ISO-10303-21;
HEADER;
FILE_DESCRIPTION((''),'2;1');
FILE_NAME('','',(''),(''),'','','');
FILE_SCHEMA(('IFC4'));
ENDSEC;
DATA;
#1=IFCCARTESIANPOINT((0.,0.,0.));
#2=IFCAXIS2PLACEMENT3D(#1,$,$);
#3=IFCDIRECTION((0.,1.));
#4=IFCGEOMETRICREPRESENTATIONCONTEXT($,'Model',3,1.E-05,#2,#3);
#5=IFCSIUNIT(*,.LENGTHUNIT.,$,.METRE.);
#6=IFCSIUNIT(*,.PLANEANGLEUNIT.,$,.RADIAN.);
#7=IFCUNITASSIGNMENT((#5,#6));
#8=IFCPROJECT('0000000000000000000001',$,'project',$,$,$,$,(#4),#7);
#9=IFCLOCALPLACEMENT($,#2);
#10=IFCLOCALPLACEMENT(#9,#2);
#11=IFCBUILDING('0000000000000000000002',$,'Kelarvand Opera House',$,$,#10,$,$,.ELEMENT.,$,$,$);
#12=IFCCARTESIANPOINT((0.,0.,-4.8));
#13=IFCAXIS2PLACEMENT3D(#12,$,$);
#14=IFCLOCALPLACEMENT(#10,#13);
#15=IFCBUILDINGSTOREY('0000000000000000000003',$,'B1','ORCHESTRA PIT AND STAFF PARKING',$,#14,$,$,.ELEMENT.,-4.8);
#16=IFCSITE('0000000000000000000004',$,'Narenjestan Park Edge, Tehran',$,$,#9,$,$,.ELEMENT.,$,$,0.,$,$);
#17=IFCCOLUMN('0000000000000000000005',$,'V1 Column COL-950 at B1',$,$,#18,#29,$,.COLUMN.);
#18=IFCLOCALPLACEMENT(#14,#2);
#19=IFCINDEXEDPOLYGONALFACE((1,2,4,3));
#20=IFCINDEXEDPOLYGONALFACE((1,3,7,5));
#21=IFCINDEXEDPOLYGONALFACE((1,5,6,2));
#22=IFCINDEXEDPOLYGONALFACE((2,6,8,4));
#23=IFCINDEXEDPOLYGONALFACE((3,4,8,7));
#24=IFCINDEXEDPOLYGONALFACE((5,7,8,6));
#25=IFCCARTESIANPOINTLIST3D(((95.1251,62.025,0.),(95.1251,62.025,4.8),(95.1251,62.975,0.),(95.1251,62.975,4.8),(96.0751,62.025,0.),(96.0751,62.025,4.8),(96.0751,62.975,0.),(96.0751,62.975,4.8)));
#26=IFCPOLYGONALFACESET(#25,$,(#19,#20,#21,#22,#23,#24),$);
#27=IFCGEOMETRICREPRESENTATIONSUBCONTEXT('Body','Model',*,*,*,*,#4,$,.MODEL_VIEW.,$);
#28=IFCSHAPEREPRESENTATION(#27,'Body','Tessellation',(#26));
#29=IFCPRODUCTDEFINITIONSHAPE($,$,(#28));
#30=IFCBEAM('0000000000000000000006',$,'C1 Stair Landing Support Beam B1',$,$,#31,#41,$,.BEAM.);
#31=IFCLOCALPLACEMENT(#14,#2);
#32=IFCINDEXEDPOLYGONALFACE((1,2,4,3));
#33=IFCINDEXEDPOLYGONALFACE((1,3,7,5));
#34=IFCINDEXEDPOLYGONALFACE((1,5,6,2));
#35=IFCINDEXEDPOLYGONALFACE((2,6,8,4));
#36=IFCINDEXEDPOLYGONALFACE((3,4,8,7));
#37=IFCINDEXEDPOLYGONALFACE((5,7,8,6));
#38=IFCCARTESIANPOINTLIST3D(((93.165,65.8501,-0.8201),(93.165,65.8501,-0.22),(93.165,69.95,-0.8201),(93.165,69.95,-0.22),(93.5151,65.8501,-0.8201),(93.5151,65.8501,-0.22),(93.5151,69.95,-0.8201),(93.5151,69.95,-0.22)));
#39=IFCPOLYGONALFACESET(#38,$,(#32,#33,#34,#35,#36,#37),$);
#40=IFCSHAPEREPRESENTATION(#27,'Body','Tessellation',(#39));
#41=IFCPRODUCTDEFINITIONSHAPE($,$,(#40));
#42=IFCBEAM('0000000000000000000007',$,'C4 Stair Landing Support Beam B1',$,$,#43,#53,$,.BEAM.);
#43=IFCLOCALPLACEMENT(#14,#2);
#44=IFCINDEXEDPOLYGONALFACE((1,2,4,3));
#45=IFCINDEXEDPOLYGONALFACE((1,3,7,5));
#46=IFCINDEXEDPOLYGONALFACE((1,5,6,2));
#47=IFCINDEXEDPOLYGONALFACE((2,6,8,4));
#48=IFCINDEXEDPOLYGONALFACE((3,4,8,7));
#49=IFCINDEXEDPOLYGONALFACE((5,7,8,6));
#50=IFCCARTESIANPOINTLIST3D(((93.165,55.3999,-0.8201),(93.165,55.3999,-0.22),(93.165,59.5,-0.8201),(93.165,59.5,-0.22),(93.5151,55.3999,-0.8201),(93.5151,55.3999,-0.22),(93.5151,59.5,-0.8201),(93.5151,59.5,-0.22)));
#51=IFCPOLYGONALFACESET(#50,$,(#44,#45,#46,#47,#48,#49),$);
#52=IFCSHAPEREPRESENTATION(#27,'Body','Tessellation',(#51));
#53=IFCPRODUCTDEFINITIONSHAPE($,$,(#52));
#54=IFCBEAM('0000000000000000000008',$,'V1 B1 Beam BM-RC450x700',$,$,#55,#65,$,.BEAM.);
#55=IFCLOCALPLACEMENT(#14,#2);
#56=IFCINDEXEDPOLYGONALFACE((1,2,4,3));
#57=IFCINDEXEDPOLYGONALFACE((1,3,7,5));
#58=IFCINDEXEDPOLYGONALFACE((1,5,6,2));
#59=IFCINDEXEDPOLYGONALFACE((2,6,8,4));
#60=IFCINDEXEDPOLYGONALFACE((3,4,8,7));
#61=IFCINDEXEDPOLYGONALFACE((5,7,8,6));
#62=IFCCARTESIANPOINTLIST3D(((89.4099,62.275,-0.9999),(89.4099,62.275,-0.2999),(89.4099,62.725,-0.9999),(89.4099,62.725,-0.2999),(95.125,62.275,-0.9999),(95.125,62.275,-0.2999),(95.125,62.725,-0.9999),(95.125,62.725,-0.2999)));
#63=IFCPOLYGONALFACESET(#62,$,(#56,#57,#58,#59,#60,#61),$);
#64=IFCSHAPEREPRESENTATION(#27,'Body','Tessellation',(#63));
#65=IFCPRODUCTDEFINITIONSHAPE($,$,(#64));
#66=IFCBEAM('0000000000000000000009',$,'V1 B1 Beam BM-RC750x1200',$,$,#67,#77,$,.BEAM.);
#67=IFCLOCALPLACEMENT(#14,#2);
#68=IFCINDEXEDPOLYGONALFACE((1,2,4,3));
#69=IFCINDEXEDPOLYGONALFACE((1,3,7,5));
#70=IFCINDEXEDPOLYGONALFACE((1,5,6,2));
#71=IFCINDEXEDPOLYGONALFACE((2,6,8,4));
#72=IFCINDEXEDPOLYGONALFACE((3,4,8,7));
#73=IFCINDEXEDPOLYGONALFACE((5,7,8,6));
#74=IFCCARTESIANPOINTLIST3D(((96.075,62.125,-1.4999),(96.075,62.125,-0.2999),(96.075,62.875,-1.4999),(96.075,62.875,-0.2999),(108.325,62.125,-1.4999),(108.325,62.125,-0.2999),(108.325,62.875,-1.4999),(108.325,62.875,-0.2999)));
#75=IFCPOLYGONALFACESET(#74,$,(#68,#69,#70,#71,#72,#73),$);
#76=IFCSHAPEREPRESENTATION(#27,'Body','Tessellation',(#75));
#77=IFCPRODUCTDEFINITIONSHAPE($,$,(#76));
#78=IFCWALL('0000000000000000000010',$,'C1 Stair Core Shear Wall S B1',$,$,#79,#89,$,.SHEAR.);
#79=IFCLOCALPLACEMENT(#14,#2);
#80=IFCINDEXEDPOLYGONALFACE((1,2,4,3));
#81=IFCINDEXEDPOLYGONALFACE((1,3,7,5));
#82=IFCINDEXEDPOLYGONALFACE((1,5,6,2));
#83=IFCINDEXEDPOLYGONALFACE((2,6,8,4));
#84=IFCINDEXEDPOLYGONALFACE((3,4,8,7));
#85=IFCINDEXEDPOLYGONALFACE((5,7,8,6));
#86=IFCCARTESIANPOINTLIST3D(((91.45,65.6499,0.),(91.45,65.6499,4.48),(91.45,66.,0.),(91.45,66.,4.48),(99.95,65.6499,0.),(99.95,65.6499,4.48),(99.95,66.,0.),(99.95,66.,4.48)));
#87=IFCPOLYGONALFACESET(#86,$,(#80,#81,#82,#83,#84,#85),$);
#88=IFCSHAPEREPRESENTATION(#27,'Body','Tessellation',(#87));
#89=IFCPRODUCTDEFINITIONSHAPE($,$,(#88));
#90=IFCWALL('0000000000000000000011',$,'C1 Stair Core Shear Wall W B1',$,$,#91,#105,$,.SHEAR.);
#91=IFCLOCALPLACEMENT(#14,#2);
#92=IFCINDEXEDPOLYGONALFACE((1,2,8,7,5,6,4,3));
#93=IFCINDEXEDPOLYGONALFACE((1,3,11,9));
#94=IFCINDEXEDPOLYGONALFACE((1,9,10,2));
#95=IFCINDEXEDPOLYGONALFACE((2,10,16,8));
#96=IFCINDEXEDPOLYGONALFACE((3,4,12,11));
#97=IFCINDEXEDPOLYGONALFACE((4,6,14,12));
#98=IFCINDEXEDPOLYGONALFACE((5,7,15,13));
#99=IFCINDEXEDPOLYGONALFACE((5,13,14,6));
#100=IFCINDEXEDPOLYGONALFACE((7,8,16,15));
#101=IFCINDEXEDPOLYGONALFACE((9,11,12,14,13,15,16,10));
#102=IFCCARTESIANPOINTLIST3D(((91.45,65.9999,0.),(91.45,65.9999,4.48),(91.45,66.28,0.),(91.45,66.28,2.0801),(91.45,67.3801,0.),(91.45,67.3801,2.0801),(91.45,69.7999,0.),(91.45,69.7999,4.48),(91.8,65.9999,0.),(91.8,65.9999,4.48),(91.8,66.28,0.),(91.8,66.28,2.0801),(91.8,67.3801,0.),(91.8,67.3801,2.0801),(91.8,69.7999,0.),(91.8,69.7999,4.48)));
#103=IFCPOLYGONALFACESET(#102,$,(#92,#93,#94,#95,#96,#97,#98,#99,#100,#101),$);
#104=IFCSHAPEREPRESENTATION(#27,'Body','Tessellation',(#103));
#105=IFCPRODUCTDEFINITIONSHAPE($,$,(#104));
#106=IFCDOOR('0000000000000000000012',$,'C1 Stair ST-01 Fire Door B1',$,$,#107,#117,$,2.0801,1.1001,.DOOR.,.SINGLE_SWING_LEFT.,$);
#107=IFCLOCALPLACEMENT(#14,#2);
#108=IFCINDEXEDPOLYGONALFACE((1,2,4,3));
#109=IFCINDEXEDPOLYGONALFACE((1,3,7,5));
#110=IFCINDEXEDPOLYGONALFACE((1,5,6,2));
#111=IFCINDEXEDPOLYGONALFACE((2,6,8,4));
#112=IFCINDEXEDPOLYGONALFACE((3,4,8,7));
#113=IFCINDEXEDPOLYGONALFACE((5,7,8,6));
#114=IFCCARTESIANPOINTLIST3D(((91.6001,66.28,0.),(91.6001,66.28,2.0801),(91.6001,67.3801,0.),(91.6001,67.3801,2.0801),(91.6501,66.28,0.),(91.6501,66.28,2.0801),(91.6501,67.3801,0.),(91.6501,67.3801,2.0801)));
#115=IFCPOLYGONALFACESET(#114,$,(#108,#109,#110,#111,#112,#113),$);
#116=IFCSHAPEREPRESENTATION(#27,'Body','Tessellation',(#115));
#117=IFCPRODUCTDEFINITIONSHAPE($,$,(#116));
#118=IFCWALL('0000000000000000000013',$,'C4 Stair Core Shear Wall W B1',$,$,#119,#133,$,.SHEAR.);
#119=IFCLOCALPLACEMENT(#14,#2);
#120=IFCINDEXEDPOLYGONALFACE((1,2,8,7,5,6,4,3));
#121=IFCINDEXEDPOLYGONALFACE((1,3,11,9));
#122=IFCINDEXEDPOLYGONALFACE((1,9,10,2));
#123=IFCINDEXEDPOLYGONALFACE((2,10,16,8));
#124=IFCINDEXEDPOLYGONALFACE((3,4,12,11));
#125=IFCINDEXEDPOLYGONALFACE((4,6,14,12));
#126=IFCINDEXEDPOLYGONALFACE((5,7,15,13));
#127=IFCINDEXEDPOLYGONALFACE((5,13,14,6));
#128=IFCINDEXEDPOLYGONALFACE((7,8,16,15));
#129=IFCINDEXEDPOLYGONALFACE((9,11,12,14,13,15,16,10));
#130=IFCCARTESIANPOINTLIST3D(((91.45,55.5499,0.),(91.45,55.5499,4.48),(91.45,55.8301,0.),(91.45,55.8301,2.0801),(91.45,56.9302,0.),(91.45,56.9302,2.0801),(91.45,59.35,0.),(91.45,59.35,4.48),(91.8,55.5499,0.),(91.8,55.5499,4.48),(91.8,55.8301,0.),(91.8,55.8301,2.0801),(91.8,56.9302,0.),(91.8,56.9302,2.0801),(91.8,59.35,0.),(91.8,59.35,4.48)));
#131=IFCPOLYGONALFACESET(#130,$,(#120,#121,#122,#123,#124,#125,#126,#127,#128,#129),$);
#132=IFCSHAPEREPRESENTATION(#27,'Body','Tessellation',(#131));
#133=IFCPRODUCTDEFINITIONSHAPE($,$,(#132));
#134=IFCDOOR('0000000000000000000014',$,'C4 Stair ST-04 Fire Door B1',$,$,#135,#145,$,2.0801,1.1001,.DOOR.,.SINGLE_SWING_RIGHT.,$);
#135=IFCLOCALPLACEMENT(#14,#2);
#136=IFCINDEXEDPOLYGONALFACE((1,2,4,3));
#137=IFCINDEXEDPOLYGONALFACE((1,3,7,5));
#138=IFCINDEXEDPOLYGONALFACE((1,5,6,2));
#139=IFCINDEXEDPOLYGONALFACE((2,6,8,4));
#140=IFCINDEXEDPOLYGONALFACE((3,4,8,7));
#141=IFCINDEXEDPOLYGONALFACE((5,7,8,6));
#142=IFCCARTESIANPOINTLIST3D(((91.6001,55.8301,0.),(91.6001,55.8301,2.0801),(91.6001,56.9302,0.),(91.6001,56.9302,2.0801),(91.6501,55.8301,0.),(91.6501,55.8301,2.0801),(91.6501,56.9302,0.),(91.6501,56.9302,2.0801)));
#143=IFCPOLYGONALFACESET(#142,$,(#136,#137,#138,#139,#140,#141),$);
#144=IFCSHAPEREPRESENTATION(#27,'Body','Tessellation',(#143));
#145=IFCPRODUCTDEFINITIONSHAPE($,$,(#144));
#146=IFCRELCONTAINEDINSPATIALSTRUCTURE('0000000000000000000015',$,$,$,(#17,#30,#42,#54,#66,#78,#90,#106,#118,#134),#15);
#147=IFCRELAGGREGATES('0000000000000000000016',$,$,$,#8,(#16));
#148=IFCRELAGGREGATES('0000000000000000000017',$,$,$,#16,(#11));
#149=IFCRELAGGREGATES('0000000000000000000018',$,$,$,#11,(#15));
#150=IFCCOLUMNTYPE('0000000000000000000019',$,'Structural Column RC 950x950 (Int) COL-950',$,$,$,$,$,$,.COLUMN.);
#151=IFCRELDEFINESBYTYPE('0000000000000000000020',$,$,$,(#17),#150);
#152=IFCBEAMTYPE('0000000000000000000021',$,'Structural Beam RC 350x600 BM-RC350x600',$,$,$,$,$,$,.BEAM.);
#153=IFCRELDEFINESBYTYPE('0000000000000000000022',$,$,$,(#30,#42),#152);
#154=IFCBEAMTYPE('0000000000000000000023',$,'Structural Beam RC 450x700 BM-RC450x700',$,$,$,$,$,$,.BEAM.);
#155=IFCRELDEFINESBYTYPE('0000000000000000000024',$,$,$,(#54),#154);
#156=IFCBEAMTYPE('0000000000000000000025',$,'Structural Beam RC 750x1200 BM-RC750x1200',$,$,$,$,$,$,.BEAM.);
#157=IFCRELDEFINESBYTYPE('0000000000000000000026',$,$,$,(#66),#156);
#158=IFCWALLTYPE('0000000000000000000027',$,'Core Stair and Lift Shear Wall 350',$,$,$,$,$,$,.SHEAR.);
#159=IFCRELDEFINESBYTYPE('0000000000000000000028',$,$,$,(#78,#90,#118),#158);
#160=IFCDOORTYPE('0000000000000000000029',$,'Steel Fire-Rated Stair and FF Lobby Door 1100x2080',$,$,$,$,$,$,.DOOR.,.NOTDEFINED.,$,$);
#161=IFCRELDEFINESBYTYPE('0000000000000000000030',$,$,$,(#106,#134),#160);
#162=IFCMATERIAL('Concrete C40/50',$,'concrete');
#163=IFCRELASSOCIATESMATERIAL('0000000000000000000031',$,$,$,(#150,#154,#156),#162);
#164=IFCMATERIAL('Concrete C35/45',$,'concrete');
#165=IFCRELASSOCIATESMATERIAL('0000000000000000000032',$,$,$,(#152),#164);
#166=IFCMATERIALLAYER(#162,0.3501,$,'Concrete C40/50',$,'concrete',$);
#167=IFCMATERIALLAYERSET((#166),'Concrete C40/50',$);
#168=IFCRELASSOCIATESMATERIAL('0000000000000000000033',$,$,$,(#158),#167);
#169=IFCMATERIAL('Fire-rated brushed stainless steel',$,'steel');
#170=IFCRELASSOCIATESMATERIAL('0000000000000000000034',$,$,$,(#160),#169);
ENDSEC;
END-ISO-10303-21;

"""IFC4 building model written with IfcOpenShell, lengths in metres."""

from ifc_helpers import new_model, si_unit, direction, frame, frame_2d, origin, origin_2d, place, context, subcontext, project, spatial, rectangle, extrude, material, layer, layer_set, material_profile, profile_set, type_object, element, fill, save


model = new_model("IFC4")

# Units and contexts
model_context = context("Model", 3, precision=1e-05, world=origin(), true_north=direction((0.0, 1.0)))
body_context = subcontext(model_context, "Body", "Model", "MODEL_VIEW")
ifc_project = project(units=[si_unit("LENGTHUNIT", "METRE"), si_unit("PLANEANGLEUNIT", "RADIAN")], contexts=[model_context])

# Site, building, storey
site_placement = place(None, origin())
site = spatial("IfcSite", under=ifc_project, at=site_placement, Name="Narenjestan Park Edge, Tehran", CompositionType="ELEMENT", RefElevation=0.0)
building_placement = place(site_placement, origin())
building = spatial("IfcBuilding", under=site, at=building_placement, Name="Kelarvand Opera House", CompositionType="ELEMENT")
storey_placement = place(building_placement, frame((0.0, 0.0, -4.8)))
storey = spatial("IfcBuildingStorey", under=building, at=storey_placement, Name="B1", Description="ORCHESTRA PIT AND STAFF PARKING", CompositionType="ELEMENT", Elevation=-4.8)

# Column
ifc_material_1 = material(Name="Concrete C40/50", Category="concrete")
ifc_material_profile_1 = material_profile(ifc_material_1, rectangle(XDim=0.95, YDim=0.95, at=origin_2d()), Name="RC 950x950", Category="concrete")
ifc_profile_set_1 = profile_set([ifc_material_profile_1], Name="Concrete C40/50")
column_type = type_object("IfcColumnType", Name="Structural Column RC 950x950 (Int) COL-950", PredefinedType="COLUMN", material=ifc_profile_set_1)
column_placement = place(storey_placement, frame((95.6001, 62.5, 0.0), z_axis=(0.0, 0.0, 1.0), x_axis=(1.0, 0.0, 0.0)))
element("IfcColumn", 1, at=column_placement, inside=storey, type_object=column_type, Name="V1 Column COL-950 at B1", PredefinedType="COLUMN", context=body_context, shape_type="SweptSolid", body=[
    extrude(rectangle(XDim=0.95, YDim=0.95, at=origin_2d()), origin(), (0.0, 0.0, 1.0), 4.8),
])

# Beams
ifc_material_2 = material(Name="Concrete C35/45", Category="concrete")
ifc_material_profile_2 = material_profile(ifc_material_2, rectangle(XDim=0.3501, YDim=0.6001, at=origin_2d()), Name="RC 350x600", Category="concrete")
ifc_profile_set_2 = profile_set([ifc_material_profile_2], Name="Concrete C35/45")
beam_type_1 = type_object("IfcBeamType", Name="Structural Beam RC 350x600 BM-RC350x600", PredefinedType="BEAM", material=ifc_profile_set_2)
beam_1_placement = place(storey_placement, frame((93.3401, 65.8501, -0.52), z_axis=(0.0, 1.0, 0.0), x_axis=(-1.0, 0.0, 0.0)))
element("IfcBeam", 2, at=beam_1_placement, inside=storey, type_object=beam_type_1, Name="C1 Stair Landing Support Beam B1", PredefinedType="BEAM", context=body_context, shape_type="SweptSolid", body=[
    extrude(rectangle(XDim=0.3501, YDim=0.6001, at=origin_2d()), origin(), (0.0, 0.0, 1.0), 4.0999),
])
beam_2_placement = place(storey_placement, frame((93.3401, 55.3999, -0.52), z_axis=(0.0, 1.0, 0.0), x_axis=(-1.0, 0.0, 0.0)))
element("IfcBeam", 3, at=beam_2_placement, inside=storey, type_object=beam_type_1, Name="C4 Stair Landing Support Beam B1", PredefinedType="BEAM", context=body_context, shape_type="SweptSolid", body=[
    extrude(rectangle(XDim=0.3501, YDim=0.6001, at=origin_2d()), origin(), (0.0, 0.0, 1.0), 4.1001),
])
ifc_material_profile_3 = material_profile(ifc_material_1, rectangle(XDim=0.45, YDim=0.7, at=origin_2d()), Name="RC 450x700", Category="concrete")
ifc_profile_set_3 = profile_set([ifc_material_profile_3], Name="Concrete C40/50")
beam_type_2 = type_object("IfcBeamType", Name="Structural Beam RC 450x700 BM-RC450x700", PredefinedType="BEAM", material=ifc_profile_set_3)
beam_3_placement = place(storey_placement, frame((89.4099, 62.5, -0.6499), z_axis=(1.0, 0.0, 0.0), x_axis=(0.0, 1.0, 0.0)))
element("IfcBeam", 4, at=beam_3_placement, inside=storey, type_object=beam_type_2, Name="V1 B1 Beam BM-RC450x700", PredefinedType="BEAM", context=body_context, shape_type="SweptSolid", body=[
    extrude(rectangle(XDim=0.45, YDim=0.7, at=origin_2d()), origin(), (0.0, 0.0, 1.0), 5.7151),
])
ifc_material_profile_4 = material_profile(ifc_material_1, rectangle(XDim=0.75, YDim=1.2, at=origin_2d()), Name="RC 750x1200", Category="concrete")
ifc_profile_set_4 = profile_set([ifc_material_profile_4], Name="Concrete C40/50")
beam_type_3 = type_object("IfcBeamType", Name="Structural Beam RC 750x1200 BM-RC750x1200", PredefinedType="BEAM", material=ifc_profile_set_4)
beam_4_placement = place(storey_placement, frame((96.075, 62.5, -0.8999), z_axis=(1.0, 0.0, 0.0), x_axis=(0.0, 1.0, 0.0)))
element("IfcBeam", 5, at=beam_4_placement, inside=storey, type_object=beam_type_3, Name="V1 B1 Beam BM-RC750x1200", PredefinedType="BEAM", context=body_context, shape_type="SweptSolid", body=[
    extrude(rectangle(XDim=0.75, YDim=1.2, at=origin_2d()), origin(), (0.0, 0.0, 1.0), 12.25),
])

# Wall
ifc_layer = layer(ifc_material_1, 0.3501, Name="Concrete C40/50", Category="concrete")
ifc_layer_set = layer_set([ifc_layer], Name="Concrete C40/50")
wall_type = type_object("IfcWallType", Name="Core Stair and Lift Shear Wall 350", PredefinedType="SHEAR", material=ifc_layer_set)
wall_1_placement = place(storey_placement, frame((91.45, 65.825, 0.0), z_axis=(0.0, 0.0, 1.0), x_axis=(1.0, 0.0, 0.0)))
element("IfcWall", 6, at=wall_1_placement, inside=storey, type_object=wall_type, Name="C1 Stair Core Shear Wall S B1", PredefinedType="SHEAR", context=body_context, shape_type="SweptSolid", body=[
    extrude(rectangle(XDim=8.5, YDim=0.3501, at=frame_2d((4.25, 0.0))), origin(), (0.0, 0.0, 1.0), 4.48),
])

# Walls, openings, doors
wall_2_placement = place(storey_placement, frame((91.625, 66.0, 0.0), z_axis=(0.0, 0.0, 1.0), x_axis=(0.0, 1.0, 0.0)))
wall_2 = element("IfcWall", 7, at=wall_2_placement, inside=storey, type_object=wall_type, Name="C1 Stair Core Shear Wall W B1", PredefinedType="SHEAR", context=body_context, shape_type="SweptSolid", body=[
    extrude(rectangle(XDim=3.8, YDim=0.3501, at=frame_2d((1.8999, 0.0))), origin(), (0.0, 0.0, 1.0), 4.48),
])
opening_1_placement = place(wall_2_placement, frame((0.28, 0.0, 0.0)))
opening_1 = element("IfcOpeningElement", 8, at=opening_1_placement, cuts=wall_2, PredefinedType="OPENING", context=body_context, shape_type="SweptSolid", body=[
    extrude(rectangle(XDim=1.1001, YDim=2.0801, at=frame_2d((0.55, 1.04))), frame((0.0, 0.1851, 0.0), z_axis=(0.0, -1.0, 0.0), x_axis=(1.0, 0.0, 0.0)), (0.0, 0.0, 1.0), 0.3701),
])
ifc_material_3 = material(Name="Fire-rated brushed stainless steel", Category="steel")
door_type = type_object("IfcDoorType", Name="Steel Fire-Rated Stair and FF Lobby Door 1100x2080", OperationType="NOTDEFINED", PredefinedType="DOOR", material=ifc_material_3)
door_1_placement = place(opening_1_placement, origin())
door_1 = element("IfcDoor", 9, at=door_1_placement, inside=storey, type_object=door_type, Name="C1 Stair ST-01 Fire Door B1", OperationType="SINGLE_SWING_LEFT", OverallHeight=2.0801, OverallWidth=1.1001, PredefinedType="DOOR", context=body_context, shape_type="SweptSolid", body=[
    extrude(rectangle(XDim=1.1001, YDim=2.0801, at=frame_2d((0.55, 1.04))), frame((0.0, 0.0249, 0.0), z_axis=(0.0, -1.0, 0.0), x_axis=(1.0, 0.0, 0.0)), (0.0, 0.0, 1.0), 0.05),
])
fill(opening_1, door_1)
wall_3_placement = place(storey_placement, frame((91.625, 55.55, 0.0), z_axis=(0.0, 0.0, 1.0), x_axis=(0.0, 1.0, 0.0)))
wall_3 = element("IfcWall", 10, at=wall_3_placement, inside=storey, type_object=wall_type, Name="C4 Stair Core Shear Wall W B1", PredefinedType="SHEAR", context=body_context, shape_type="SweptSolid", body=[
    extrude(rectangle(XDim=3.8, YDim=0.3501, at=frame_2d((1.8999, 0.0))), origin(), (0.0, 0.0, 1.0), 4.48),
])
opening_2_placement = place(wall_3_placement, frame((0.28, 0.0, 0.0)))
opening_2 = element("IfcOpeningElement", 11, at=opening_2_placement, cuts=wall_3, PredefinedType="OPENING", context=body_context, shape_type="SweptSolid", body=[
    extrude(rectangle(XDim=1.1001, YDim=2.0801, at=frame_2d((0.55, 1.04))), frame((0.0, 0.1851, 0.0), z_axis=(0.0, -1.0, 0.0), x_axis=(1.0, 0.0, 0.0)), (0.0, 0.0, 1.0), 0.3701),
])
door_2_placement = place(opening_2_placement, origin())
door_2 = element("IfcDoor", 12, at=door_2_placement, inside=storey, type_object=door_type, Name="C4 Stair ST-04 Fire Door B1", OperationType="SINGLE_SWING_RIGHT", OverallHeight=2.0801, OverallWidth=1.1001, PredefinedType="DOOR", context=body_context, shape_type="SweptSolid", body=[
    extrude(rectangle(XDim=1.1001, YDim=2.0801, at=frame_2d((0.55, 1.04))), frame((0.0, 0.0249, 0.0), z_axis=(0.0, -1.0, 0.0), x_axis=(1.0, 0.0, 0.0)), (0.0, 0.0, 1.0), 0.05),
])
fill(opening_2, door_2)

save(model, "model.ifc")
